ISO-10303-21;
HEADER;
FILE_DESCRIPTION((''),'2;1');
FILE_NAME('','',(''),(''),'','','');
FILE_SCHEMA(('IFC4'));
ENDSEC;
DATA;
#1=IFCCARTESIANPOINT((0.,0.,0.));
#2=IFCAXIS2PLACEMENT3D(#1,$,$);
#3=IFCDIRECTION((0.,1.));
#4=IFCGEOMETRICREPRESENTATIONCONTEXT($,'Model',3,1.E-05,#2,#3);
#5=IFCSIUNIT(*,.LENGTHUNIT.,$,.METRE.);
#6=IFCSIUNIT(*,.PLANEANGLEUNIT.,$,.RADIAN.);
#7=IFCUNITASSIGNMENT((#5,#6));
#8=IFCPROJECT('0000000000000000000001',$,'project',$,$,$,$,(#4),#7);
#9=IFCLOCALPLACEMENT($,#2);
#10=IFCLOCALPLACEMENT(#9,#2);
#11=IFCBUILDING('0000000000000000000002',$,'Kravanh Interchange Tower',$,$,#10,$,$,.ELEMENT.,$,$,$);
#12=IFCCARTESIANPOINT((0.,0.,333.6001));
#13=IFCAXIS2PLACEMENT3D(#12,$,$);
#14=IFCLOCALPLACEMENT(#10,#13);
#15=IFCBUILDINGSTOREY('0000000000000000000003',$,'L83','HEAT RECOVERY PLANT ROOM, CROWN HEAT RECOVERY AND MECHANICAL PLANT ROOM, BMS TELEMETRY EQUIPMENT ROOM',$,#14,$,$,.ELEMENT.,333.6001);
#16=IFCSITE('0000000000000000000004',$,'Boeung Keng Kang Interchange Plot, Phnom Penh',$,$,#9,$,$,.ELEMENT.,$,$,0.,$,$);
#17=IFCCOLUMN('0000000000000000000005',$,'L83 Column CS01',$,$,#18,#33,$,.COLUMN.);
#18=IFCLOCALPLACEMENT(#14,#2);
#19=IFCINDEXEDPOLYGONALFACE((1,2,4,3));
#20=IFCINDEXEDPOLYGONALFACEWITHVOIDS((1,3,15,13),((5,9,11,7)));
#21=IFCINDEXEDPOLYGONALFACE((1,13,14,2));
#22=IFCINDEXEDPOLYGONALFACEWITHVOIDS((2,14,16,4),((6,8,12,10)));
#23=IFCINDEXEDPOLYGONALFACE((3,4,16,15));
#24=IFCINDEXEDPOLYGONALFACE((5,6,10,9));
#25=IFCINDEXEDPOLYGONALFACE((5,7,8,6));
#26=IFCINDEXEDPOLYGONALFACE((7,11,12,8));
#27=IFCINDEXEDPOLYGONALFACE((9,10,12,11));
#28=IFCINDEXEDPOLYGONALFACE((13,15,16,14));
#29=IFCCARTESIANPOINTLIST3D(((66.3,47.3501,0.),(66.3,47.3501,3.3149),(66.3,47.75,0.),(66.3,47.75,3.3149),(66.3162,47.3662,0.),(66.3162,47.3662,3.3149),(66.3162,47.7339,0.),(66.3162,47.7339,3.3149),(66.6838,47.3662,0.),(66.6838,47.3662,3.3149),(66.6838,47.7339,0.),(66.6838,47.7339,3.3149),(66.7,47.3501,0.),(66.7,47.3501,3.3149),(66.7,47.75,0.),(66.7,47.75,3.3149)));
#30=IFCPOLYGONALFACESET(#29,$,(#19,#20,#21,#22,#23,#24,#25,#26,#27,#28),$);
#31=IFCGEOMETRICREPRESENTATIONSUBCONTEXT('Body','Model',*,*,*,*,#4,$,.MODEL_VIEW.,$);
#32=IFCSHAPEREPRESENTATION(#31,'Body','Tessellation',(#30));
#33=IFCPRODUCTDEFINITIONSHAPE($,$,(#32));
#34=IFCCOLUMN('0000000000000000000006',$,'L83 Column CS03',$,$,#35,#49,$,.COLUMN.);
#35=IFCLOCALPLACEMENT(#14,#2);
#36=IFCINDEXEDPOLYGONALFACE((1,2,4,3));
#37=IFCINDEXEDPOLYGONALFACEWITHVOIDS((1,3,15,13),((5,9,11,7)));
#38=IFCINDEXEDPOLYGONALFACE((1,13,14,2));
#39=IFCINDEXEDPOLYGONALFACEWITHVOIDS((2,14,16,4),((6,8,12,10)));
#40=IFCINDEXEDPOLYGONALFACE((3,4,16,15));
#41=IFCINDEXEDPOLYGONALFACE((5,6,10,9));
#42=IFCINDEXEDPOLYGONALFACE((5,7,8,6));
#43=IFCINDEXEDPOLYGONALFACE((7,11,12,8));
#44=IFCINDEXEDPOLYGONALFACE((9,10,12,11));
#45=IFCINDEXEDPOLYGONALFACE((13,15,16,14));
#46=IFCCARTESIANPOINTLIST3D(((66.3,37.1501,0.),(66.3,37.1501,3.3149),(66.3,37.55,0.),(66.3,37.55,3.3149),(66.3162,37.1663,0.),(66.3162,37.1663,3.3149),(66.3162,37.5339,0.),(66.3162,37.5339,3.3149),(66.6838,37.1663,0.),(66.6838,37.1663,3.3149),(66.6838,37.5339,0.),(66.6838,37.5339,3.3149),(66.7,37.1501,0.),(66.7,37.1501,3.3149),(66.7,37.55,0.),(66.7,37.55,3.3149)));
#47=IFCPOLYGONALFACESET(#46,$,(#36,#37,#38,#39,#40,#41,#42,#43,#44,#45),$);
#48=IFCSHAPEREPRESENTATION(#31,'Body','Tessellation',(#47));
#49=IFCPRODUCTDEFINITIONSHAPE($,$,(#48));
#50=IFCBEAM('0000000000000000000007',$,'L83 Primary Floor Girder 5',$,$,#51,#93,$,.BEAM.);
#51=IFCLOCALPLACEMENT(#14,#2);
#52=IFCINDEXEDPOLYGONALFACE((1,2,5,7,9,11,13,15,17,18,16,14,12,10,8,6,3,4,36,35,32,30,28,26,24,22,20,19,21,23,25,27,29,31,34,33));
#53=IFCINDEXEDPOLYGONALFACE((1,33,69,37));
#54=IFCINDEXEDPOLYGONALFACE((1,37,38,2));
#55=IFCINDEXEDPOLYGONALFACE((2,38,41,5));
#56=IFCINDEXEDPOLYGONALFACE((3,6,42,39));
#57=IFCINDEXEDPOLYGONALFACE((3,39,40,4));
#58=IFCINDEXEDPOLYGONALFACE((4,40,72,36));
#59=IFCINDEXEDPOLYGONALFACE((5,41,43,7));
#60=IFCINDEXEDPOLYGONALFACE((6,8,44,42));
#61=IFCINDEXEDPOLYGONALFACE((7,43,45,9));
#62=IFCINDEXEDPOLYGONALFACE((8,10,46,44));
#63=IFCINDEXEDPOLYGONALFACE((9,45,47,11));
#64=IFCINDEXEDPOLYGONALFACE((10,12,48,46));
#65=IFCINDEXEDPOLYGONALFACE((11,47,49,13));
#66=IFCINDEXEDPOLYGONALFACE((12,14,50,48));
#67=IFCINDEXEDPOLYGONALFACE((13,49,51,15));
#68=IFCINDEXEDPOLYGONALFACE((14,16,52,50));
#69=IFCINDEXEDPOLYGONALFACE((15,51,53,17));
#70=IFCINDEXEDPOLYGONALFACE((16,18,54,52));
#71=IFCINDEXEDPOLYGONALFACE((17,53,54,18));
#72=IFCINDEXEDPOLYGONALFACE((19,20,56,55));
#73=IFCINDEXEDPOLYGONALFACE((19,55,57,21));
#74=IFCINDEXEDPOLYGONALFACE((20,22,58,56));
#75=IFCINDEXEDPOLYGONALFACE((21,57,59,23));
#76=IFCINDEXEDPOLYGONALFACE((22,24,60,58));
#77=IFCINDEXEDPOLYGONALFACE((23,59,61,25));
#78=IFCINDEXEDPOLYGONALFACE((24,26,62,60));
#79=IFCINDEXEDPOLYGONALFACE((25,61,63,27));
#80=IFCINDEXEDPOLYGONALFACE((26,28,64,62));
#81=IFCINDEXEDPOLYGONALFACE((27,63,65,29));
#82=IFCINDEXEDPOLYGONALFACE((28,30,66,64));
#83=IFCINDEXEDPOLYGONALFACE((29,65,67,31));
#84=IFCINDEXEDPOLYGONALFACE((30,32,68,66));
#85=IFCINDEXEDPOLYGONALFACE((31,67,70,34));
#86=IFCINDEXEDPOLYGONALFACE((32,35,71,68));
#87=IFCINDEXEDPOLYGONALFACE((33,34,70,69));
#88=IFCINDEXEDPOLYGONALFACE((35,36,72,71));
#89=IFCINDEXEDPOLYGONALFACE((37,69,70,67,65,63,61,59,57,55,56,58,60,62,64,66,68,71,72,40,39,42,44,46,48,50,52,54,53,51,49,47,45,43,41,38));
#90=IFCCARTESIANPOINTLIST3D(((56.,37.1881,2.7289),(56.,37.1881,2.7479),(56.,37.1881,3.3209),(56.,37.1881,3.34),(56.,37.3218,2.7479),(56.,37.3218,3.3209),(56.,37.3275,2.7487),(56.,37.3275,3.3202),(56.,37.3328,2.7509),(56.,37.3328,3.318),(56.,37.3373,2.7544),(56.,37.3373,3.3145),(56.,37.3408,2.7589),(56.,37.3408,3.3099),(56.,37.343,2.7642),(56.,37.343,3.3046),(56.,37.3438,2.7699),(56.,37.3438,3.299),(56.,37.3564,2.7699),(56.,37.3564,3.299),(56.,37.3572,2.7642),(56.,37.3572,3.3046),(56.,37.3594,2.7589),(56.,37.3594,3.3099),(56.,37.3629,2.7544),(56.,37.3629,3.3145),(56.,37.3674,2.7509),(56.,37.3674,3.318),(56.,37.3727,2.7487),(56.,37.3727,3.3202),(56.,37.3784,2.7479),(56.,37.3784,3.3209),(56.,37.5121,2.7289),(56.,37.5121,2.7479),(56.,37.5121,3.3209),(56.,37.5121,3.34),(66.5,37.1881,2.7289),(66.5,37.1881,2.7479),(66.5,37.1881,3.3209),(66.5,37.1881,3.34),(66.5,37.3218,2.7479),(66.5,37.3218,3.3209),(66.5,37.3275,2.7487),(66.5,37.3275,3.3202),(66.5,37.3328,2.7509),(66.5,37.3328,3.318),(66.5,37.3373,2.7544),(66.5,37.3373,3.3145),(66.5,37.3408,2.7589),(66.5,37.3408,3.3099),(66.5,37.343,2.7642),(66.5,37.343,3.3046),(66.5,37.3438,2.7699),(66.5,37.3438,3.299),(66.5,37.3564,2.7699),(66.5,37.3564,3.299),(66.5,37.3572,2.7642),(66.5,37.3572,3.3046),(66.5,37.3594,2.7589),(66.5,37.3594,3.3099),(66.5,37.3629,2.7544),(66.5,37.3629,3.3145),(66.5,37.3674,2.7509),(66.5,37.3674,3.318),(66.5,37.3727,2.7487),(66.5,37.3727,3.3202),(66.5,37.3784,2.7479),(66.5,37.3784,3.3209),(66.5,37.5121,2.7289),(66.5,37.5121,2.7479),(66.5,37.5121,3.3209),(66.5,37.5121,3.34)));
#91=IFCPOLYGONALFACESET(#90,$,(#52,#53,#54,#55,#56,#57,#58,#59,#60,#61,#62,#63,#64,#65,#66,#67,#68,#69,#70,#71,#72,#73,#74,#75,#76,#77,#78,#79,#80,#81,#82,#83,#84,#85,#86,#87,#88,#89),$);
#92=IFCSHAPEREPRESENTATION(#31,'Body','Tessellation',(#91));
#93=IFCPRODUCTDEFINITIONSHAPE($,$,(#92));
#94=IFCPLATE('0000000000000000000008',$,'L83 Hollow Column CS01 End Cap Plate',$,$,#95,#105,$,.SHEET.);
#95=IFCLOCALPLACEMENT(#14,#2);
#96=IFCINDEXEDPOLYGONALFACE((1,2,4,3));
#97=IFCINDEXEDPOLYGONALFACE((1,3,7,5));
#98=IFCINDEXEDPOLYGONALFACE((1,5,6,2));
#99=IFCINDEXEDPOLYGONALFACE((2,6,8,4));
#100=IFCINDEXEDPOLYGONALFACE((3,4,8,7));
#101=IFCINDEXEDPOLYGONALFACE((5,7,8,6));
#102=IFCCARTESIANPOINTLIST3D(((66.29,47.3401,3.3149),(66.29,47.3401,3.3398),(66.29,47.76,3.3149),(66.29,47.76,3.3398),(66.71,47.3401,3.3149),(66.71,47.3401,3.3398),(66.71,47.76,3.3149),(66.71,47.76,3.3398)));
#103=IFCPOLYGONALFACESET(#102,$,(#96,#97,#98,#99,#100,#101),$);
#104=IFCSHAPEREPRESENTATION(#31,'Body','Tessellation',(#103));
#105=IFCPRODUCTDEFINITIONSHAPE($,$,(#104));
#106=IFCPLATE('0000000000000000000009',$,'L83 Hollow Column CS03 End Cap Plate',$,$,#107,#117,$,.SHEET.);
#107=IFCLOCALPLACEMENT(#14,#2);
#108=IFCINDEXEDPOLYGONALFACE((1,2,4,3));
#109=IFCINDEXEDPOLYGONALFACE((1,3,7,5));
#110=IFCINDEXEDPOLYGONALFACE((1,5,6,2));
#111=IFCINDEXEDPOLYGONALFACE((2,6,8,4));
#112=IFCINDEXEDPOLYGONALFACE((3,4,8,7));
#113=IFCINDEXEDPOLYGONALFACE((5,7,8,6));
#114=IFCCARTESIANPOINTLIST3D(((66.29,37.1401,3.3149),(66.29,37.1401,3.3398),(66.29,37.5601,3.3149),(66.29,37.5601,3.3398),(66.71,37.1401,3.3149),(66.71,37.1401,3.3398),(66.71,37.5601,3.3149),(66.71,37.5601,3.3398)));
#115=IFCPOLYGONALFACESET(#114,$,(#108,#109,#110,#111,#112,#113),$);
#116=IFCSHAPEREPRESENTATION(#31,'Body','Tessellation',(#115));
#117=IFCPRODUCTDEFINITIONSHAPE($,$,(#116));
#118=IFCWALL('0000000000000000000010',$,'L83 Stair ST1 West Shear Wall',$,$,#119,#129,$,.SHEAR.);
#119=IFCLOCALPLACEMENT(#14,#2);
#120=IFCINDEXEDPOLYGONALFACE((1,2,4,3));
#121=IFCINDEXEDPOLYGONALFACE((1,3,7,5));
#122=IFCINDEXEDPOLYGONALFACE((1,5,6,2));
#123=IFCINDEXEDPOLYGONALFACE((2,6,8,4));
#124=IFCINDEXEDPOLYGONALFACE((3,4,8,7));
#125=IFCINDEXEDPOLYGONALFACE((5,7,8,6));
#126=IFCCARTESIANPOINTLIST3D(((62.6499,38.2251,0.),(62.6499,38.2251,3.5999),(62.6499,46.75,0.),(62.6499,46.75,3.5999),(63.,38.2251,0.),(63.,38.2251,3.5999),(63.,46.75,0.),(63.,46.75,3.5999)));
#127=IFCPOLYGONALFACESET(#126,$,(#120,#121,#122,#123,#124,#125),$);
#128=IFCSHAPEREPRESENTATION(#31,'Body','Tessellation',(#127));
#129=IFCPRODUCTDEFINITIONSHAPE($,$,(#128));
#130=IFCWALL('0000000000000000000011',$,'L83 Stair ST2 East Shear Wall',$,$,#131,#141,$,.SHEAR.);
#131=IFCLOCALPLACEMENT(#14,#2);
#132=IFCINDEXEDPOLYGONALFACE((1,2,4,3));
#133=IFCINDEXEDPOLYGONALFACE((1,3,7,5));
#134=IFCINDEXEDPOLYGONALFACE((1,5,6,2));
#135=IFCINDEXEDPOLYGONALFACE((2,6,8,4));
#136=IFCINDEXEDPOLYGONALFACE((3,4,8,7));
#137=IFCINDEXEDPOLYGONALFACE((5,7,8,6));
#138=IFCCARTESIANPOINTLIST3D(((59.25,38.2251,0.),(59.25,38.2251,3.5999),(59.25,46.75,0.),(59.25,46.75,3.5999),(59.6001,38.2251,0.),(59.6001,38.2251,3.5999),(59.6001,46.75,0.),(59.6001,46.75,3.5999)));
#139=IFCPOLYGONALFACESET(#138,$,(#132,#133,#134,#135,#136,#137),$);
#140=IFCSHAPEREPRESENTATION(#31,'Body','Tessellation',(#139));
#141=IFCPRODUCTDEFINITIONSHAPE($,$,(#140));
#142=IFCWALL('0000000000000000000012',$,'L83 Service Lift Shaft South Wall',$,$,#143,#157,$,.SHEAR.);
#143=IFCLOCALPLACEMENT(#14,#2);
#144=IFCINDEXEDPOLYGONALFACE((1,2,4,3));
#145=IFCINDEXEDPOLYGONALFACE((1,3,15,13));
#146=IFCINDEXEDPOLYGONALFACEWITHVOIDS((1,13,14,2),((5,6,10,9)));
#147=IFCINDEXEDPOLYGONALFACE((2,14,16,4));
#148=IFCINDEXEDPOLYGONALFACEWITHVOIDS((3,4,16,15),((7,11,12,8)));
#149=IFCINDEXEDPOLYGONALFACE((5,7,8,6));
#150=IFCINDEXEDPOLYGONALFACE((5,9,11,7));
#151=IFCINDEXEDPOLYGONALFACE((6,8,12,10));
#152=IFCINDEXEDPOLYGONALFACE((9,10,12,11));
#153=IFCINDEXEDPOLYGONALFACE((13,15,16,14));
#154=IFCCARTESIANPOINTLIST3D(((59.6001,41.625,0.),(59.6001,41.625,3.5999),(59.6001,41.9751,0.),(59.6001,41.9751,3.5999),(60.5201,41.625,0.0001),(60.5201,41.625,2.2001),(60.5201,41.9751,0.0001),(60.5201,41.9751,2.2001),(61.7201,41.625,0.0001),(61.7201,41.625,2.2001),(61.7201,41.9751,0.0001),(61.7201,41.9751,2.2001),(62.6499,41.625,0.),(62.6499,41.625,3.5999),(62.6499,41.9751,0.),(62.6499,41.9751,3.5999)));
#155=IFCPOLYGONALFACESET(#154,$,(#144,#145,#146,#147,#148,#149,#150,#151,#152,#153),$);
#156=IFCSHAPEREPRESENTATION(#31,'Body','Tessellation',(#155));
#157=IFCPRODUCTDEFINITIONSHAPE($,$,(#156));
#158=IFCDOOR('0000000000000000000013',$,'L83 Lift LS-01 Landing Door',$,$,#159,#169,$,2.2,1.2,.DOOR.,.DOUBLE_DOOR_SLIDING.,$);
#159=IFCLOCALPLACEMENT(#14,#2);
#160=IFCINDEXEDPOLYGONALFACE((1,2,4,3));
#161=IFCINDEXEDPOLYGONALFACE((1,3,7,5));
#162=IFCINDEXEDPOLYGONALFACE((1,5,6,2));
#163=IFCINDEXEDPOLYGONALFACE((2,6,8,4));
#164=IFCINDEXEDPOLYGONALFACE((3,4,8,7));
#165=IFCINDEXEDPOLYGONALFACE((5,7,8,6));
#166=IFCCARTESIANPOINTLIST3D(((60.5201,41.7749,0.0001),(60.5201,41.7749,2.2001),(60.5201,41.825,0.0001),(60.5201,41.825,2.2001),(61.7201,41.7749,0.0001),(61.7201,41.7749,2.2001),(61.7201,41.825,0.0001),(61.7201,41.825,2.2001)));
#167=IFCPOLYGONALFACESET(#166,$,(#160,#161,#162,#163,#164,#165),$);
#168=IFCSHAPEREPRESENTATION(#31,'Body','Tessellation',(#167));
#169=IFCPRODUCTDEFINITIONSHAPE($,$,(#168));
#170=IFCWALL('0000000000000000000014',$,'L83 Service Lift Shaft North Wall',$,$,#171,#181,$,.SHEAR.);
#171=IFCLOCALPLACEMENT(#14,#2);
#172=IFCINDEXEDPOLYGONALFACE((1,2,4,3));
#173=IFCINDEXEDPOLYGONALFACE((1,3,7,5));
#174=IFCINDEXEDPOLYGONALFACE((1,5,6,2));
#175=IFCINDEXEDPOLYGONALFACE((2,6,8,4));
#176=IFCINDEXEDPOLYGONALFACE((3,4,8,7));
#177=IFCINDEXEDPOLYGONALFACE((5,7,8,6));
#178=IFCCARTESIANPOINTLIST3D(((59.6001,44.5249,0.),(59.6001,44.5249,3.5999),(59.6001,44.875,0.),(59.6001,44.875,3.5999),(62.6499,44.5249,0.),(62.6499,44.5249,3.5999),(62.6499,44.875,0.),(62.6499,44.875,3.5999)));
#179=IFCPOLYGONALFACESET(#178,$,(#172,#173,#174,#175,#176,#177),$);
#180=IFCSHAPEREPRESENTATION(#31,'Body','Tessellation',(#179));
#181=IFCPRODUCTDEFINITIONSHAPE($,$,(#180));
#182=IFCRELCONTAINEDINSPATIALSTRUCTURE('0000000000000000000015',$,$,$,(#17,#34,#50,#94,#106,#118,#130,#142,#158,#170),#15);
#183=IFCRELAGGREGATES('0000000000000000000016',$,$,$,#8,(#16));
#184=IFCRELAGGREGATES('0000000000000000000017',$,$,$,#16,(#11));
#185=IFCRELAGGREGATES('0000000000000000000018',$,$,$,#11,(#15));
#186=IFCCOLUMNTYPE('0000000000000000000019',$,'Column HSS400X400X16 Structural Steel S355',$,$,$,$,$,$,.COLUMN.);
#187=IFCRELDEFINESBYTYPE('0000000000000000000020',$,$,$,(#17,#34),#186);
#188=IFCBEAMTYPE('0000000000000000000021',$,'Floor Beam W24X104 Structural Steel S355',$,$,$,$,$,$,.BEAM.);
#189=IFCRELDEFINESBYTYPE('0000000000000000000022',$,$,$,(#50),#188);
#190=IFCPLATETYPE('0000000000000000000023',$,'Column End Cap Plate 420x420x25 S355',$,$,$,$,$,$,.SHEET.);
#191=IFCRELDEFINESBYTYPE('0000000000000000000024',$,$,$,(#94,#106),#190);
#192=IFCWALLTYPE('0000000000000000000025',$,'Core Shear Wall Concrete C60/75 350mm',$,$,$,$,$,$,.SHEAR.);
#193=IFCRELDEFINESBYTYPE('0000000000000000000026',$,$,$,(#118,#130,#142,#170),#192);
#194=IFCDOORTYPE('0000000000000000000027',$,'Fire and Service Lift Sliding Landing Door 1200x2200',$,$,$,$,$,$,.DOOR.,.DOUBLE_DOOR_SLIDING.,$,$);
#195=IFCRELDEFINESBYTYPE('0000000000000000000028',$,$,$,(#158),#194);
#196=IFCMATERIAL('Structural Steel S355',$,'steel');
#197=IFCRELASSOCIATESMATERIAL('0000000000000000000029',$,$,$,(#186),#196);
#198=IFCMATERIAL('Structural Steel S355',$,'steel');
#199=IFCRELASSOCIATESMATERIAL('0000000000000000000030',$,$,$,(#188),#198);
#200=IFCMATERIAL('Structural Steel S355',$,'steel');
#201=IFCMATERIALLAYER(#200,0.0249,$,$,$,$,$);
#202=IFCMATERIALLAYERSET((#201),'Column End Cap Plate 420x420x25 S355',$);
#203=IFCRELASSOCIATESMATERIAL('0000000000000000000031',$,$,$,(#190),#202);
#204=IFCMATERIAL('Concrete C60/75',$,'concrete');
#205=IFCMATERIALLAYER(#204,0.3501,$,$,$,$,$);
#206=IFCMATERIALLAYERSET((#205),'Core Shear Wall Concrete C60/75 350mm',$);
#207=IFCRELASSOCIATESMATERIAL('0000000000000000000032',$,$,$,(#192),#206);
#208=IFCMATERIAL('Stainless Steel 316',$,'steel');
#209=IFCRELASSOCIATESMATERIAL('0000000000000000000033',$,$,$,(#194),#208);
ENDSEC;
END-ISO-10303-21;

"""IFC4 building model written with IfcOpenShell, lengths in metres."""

from ifc_helpers import new_model, si_unit, direction, frame, frame_2d, origin, origin_2d, place, context, subcontext, project, spatial, rectangle, hollow_rectangle, i_section, extrude, material, layer, layer_set, material_profile, profile_set, type_object, element, fill, save


model = new_model("IFC4")

# Units and contexts
model_context = context("Model", 3, precision=1e-05, world=origin(), true_north=direction((0.0, 1.0)))
body_context = subcontext(model_context, "Body", "Model", "MODEL_VIEW")
ifc_project = project(units=[si_unit("LENGTHUNIT", "METRE"), si_unit("PLANEANGLEUNIT", "RADIAN")], contexts=[model_context])

# Site, building, storey
site_placement = place(None, origin())
site = spatial("IfcSite", under=ifc_project, at=site_placement, Name="Boeung Keng Kang Interchange Plot, Phnom Penh", CompositionType="ELEMENT", RefElevation=0.0)
building_placement = place(site_placement, origin())
building = spatial("IfcBuilding", under=site, at=building_placement, Name="Kravanh Interchange Tower", CompositionType="ELEMENT")
storey_placement = place(building_placement, frame((0.0, 0.0, 333.6001)))
storey = spatial("IfcBuildingStorey", under=building, at=storey_placement, Name="L83", Description="HEAT RECOVERY PLANT ROOM, CROWN HEAT RECOVERY AND MECHANICAL PLANT ROOM, BMS TELEMETRY EQUIPMENT ROOM", CompositionType="ELEMENT", Elevation=333.6001)

# Columns
ifc_material_1 = material(Name="Structural Steel S355", Category="steel")
ifc_material_profile_1 = material_profile(ifc_material_1, hollow_rectangle(XDim=0.3999, YDim=0.3999, WallThickness=0.0161, at=origin_2d()), Name="HSS400X400X16")
ifc_profile_set_1 = profile_set([ifc_material_profile_1], Name="Structural Steel S355")
column_type = type_object("IfcColumnType", Name="Column HSS400X400X16 Structural Steel S355", PredefinedType="COLUMN", material=ifc_profile_set_1)
for number, where, z_axis, x_axis, name in (
    (1, (66.5, 47.55, 0.0), (0.0, 0.0, 1.0), (1.0, 0.0, 0.0), "L83 Column CS01"),
    (2, (66.5, 37.3501, 0.0), (0.0, 0.0, 1.0), (1.0, 0.0, 0.0), "L83 Column CS03"),
):
    element("IfcColumn", number, at=place(storey_placement, frame(where, z_axis=z_axis, x_axis=x_axis)), inside=storey, type_object=column_type, Name=name, PredefinedType="COLUMN", context=body_context, shape_type="SweptSolid", body=[
        extrude(hollow_rectangle(XDim=0.3999, YDim=0.3999, WallThickness=0.0161, at=origin_2d()), origin(), (0.0, 0.0, 1.0), 3.3149),
    ])

# Beam
ifc_material_2 = material(Name="Structural Steel S355", Category="steel")
ifc_material_profile_2 = material_profile(ifc_material_2, i_section(OverallWidth=0.324, OverallDepth=0.6111, WebThickness=0.0127, FlangeThickness=0.019, FilletRadius=0.022, at=origin_2d()), Name="W24X104")
ifc_profile_set_2 = profile_set([ifc_material_profile_2], Name="Structural Steel S355")
beam_type = type_object("IfcBeamType", Name="Floor Beam W24X104 Structural Steel S355", PredefinedType="BEAM", material=ifc_profile_set_2)
beam_placement = place(storey_placement, frame((66.5, 37.3501, 3.0344), z_axis=(-1.0, 0.0, 0.0), x_axis=(0.0, -1.0, 0.0)))
element("IfcBeam", 3, at=beam_placement, inside=storey, type_object=beam_type, Name="L83 Primary Floor Girder 5", PredefinedType="BEAM", context=body_context, shape_type="SweptSolid", body=[
    extrude(i_section(OverallWidth=0.324, OverallDepth=0.6111, WebThickness=0.0127, FlangeThickness=0.019, FilletRadius=0.022, at=origin_2d()), origin(), (0.0, 0.0, 1.0), 10.5),
])

# Plates
ifc_material_3 = material(Name="Structural Steel S355", Category="steel")
ifc_layer_1 = layer(ifc_material_3, 0.0249)
ifc_layer_set_1 = layer_set([ifc_layer_1], Name="Column End Cap Plate 420x420x25 S355")
plate_type = type_object("IfcPlateType", Name="Column End Cap Plate 420x420x25 S355", PredefinedType="SHEET", material=ifc_layer_set_1)
for number, where, z_axis, x_axis, name in (
    (4, (66.5, 47.55, 3.3149), (0.0, 0.0, 1.0), (1.0, 0.0, 0.0), "L83 Hollow Column CS01 End Cap Plate"),
    (5, (66.5, 37.3501, 3.3149), (0.0, 0.0, 1.0), (1.0, 0.0, 0.0), "L83 Hollow Column CS03 End Cap Plate"),
):
    element("IfcPlate", number, at=place(storey_placement, frame(where, z_axis=z_axis, x_axis=x_axis)), inside=storey, type_object=plate_type, Name=name, PredefinedType="SHEET", context=body_context, shape_type="SweptSolid", body=[
        extrude(rectangle(XDim=0.4199, YDim=0.4199, at=origin_2d()), origin(), (0.0, 0.0, 1.0), 0.0249),
    ])

# Walls
ifc_material_4 = material(Name="Concrete C60/75", Category="concrete")
ifc_layer_2 = layer(ifc_material_4, 0.3501)
ifc_layer_set_2 = layer_set([ifc_layer_2], Name="Core Shear Wall Concrete C60/75 350mm")
wall_type_1 = type_object("IfcWallType", Name="Core Shear Wall Concrete C60/75 350mm", PredefinedType="SHEAR", material=ifc_layer_set_2)
for number, where, z_axis, x_axis, name in (
    (6, (62.825, 38.2251, 0.0), (0.0, 0.0, 1.0), (0.0, 1.0, 0.0), "L83 Stair ST1 West Shear Wall"),
    (7, (59.425, 38.2251, 0.0), (0.0, 0.0, 1.0), (0.0, 1.0, 0.0), "L83 Stair ST2 East Shear Wall"),
):
    element("IfcWall", number, at=place(storey_placement, frame(where, z_axis=z_axis, x_axis=x_axis)), inside=storey, type_object=wall_type_1, Name=name, PredefinedType="SHEAR", context=body_context, shape_type="SweptSolid", body=[
        extrude(rectangle(XDim=8.5249, YDim=0.3501, at=frame_2d((4.2625, 0.0))), origin(), (0.0, 0.0, 1.0), 3.5999),
    ])

# Wall, opening, door
wall_1_placement = place(storey_placement, frame((59.6001, 41.8, 0.0), z_axis=(0.0, 0.0, 1.0), x_axis=(1.0, 0.0, 0.0)))
wall_1 = element("IfcWall", 8, at=wall_1_placement, inside=storey, type_object=wall_type_1, Name="L83 Service Lift Shaft South Wall", PredefinedType="SHEAR", context=body_context, shape_type="SweptSolid", body=[
    extrude(rectangle(XDim=3.0498, YDim=0.3501, at=frame_2d((1.5249, 0.0))), origin(), (0.0, 0.0, 1.0), 3.5999),
])
opening_placement = place(wall_1_placement, frame((0.9199, 0.0, 0.0)))
opening = element("IfcOpeningElement", 9, at=opening_placement, cuts=wall_1, PredefinedType="OPENING", context=body_context, shape_type="SweptSolid", body=[
    extrude(rectangle(XDim=1.2, YDim=2.2, at=frame_2d((0.6001, 1.1001))), frame((0.0, 0.1851, 0.0), z_axis=(0.0, -1.0, 0.0), x_axis=(1.0, 0.0, 0.0)), (0.0, 0.0, 1.0), 0.3701),
])
ifc_material_5 = material(Name="Stainless Steel 316", Category="steel")
door_type = type_object("IfcDoorType", Name="Fire and Service Lift Sliding Landing Door 1200x2200", OperationType="DOUBLE_DOOR_SLIDING", PredefinedType="DOOR", material=ifc_material_5)
door_placement = place(opening_placement, origin())
door = element("IfcDoor", 10, at=door_placement, inside=storey, type_object=door_type, Name="L83 Lift LS-01 Landing Door", OperationType="DOUBLE_DOOR_SLIDING", OverallHeight=2.2, OverallWidth=1.2, PredefinedType="DOOR", context=body_context, shape_type="SweptSolid", body=[
    extrude(rectangle(XDim=1.2, YDim=2.2, at=frame_2d((0.6001, 1.1001))), frame((0.0, 0.0249, 0.0), z_axis=(0.0, -1.0, 0.0), x_axis=(1.0, 0.0, 0.0)), (0.0, 0.0, 1.0), 0.05),
])
fill(opening, door)

# Wall
wall_2_placement = place(storey_placement, frame((59.6001, 44.7, 0.0), z_axis=(0.0, 0.0, 1.0), x_axis=(1.0, 0.0, 0.0)))
element("IfcWall", 11, at=wall_2_placement, inside=storey, type_object=wall_type_1, Name="L83 Service Lift Shaft North Wall", PredefinedType="SHEAR", context=body_context, shape_type="SweptSolid", body=[
    extrude(rectangle(XDim=3.0498, YDim=0.3501, at=frame_2d((1.5249, 0.0))), origin(), (0.0, 0.0, 1.0), 3.5999),
])

save(model, "model.ifc")
